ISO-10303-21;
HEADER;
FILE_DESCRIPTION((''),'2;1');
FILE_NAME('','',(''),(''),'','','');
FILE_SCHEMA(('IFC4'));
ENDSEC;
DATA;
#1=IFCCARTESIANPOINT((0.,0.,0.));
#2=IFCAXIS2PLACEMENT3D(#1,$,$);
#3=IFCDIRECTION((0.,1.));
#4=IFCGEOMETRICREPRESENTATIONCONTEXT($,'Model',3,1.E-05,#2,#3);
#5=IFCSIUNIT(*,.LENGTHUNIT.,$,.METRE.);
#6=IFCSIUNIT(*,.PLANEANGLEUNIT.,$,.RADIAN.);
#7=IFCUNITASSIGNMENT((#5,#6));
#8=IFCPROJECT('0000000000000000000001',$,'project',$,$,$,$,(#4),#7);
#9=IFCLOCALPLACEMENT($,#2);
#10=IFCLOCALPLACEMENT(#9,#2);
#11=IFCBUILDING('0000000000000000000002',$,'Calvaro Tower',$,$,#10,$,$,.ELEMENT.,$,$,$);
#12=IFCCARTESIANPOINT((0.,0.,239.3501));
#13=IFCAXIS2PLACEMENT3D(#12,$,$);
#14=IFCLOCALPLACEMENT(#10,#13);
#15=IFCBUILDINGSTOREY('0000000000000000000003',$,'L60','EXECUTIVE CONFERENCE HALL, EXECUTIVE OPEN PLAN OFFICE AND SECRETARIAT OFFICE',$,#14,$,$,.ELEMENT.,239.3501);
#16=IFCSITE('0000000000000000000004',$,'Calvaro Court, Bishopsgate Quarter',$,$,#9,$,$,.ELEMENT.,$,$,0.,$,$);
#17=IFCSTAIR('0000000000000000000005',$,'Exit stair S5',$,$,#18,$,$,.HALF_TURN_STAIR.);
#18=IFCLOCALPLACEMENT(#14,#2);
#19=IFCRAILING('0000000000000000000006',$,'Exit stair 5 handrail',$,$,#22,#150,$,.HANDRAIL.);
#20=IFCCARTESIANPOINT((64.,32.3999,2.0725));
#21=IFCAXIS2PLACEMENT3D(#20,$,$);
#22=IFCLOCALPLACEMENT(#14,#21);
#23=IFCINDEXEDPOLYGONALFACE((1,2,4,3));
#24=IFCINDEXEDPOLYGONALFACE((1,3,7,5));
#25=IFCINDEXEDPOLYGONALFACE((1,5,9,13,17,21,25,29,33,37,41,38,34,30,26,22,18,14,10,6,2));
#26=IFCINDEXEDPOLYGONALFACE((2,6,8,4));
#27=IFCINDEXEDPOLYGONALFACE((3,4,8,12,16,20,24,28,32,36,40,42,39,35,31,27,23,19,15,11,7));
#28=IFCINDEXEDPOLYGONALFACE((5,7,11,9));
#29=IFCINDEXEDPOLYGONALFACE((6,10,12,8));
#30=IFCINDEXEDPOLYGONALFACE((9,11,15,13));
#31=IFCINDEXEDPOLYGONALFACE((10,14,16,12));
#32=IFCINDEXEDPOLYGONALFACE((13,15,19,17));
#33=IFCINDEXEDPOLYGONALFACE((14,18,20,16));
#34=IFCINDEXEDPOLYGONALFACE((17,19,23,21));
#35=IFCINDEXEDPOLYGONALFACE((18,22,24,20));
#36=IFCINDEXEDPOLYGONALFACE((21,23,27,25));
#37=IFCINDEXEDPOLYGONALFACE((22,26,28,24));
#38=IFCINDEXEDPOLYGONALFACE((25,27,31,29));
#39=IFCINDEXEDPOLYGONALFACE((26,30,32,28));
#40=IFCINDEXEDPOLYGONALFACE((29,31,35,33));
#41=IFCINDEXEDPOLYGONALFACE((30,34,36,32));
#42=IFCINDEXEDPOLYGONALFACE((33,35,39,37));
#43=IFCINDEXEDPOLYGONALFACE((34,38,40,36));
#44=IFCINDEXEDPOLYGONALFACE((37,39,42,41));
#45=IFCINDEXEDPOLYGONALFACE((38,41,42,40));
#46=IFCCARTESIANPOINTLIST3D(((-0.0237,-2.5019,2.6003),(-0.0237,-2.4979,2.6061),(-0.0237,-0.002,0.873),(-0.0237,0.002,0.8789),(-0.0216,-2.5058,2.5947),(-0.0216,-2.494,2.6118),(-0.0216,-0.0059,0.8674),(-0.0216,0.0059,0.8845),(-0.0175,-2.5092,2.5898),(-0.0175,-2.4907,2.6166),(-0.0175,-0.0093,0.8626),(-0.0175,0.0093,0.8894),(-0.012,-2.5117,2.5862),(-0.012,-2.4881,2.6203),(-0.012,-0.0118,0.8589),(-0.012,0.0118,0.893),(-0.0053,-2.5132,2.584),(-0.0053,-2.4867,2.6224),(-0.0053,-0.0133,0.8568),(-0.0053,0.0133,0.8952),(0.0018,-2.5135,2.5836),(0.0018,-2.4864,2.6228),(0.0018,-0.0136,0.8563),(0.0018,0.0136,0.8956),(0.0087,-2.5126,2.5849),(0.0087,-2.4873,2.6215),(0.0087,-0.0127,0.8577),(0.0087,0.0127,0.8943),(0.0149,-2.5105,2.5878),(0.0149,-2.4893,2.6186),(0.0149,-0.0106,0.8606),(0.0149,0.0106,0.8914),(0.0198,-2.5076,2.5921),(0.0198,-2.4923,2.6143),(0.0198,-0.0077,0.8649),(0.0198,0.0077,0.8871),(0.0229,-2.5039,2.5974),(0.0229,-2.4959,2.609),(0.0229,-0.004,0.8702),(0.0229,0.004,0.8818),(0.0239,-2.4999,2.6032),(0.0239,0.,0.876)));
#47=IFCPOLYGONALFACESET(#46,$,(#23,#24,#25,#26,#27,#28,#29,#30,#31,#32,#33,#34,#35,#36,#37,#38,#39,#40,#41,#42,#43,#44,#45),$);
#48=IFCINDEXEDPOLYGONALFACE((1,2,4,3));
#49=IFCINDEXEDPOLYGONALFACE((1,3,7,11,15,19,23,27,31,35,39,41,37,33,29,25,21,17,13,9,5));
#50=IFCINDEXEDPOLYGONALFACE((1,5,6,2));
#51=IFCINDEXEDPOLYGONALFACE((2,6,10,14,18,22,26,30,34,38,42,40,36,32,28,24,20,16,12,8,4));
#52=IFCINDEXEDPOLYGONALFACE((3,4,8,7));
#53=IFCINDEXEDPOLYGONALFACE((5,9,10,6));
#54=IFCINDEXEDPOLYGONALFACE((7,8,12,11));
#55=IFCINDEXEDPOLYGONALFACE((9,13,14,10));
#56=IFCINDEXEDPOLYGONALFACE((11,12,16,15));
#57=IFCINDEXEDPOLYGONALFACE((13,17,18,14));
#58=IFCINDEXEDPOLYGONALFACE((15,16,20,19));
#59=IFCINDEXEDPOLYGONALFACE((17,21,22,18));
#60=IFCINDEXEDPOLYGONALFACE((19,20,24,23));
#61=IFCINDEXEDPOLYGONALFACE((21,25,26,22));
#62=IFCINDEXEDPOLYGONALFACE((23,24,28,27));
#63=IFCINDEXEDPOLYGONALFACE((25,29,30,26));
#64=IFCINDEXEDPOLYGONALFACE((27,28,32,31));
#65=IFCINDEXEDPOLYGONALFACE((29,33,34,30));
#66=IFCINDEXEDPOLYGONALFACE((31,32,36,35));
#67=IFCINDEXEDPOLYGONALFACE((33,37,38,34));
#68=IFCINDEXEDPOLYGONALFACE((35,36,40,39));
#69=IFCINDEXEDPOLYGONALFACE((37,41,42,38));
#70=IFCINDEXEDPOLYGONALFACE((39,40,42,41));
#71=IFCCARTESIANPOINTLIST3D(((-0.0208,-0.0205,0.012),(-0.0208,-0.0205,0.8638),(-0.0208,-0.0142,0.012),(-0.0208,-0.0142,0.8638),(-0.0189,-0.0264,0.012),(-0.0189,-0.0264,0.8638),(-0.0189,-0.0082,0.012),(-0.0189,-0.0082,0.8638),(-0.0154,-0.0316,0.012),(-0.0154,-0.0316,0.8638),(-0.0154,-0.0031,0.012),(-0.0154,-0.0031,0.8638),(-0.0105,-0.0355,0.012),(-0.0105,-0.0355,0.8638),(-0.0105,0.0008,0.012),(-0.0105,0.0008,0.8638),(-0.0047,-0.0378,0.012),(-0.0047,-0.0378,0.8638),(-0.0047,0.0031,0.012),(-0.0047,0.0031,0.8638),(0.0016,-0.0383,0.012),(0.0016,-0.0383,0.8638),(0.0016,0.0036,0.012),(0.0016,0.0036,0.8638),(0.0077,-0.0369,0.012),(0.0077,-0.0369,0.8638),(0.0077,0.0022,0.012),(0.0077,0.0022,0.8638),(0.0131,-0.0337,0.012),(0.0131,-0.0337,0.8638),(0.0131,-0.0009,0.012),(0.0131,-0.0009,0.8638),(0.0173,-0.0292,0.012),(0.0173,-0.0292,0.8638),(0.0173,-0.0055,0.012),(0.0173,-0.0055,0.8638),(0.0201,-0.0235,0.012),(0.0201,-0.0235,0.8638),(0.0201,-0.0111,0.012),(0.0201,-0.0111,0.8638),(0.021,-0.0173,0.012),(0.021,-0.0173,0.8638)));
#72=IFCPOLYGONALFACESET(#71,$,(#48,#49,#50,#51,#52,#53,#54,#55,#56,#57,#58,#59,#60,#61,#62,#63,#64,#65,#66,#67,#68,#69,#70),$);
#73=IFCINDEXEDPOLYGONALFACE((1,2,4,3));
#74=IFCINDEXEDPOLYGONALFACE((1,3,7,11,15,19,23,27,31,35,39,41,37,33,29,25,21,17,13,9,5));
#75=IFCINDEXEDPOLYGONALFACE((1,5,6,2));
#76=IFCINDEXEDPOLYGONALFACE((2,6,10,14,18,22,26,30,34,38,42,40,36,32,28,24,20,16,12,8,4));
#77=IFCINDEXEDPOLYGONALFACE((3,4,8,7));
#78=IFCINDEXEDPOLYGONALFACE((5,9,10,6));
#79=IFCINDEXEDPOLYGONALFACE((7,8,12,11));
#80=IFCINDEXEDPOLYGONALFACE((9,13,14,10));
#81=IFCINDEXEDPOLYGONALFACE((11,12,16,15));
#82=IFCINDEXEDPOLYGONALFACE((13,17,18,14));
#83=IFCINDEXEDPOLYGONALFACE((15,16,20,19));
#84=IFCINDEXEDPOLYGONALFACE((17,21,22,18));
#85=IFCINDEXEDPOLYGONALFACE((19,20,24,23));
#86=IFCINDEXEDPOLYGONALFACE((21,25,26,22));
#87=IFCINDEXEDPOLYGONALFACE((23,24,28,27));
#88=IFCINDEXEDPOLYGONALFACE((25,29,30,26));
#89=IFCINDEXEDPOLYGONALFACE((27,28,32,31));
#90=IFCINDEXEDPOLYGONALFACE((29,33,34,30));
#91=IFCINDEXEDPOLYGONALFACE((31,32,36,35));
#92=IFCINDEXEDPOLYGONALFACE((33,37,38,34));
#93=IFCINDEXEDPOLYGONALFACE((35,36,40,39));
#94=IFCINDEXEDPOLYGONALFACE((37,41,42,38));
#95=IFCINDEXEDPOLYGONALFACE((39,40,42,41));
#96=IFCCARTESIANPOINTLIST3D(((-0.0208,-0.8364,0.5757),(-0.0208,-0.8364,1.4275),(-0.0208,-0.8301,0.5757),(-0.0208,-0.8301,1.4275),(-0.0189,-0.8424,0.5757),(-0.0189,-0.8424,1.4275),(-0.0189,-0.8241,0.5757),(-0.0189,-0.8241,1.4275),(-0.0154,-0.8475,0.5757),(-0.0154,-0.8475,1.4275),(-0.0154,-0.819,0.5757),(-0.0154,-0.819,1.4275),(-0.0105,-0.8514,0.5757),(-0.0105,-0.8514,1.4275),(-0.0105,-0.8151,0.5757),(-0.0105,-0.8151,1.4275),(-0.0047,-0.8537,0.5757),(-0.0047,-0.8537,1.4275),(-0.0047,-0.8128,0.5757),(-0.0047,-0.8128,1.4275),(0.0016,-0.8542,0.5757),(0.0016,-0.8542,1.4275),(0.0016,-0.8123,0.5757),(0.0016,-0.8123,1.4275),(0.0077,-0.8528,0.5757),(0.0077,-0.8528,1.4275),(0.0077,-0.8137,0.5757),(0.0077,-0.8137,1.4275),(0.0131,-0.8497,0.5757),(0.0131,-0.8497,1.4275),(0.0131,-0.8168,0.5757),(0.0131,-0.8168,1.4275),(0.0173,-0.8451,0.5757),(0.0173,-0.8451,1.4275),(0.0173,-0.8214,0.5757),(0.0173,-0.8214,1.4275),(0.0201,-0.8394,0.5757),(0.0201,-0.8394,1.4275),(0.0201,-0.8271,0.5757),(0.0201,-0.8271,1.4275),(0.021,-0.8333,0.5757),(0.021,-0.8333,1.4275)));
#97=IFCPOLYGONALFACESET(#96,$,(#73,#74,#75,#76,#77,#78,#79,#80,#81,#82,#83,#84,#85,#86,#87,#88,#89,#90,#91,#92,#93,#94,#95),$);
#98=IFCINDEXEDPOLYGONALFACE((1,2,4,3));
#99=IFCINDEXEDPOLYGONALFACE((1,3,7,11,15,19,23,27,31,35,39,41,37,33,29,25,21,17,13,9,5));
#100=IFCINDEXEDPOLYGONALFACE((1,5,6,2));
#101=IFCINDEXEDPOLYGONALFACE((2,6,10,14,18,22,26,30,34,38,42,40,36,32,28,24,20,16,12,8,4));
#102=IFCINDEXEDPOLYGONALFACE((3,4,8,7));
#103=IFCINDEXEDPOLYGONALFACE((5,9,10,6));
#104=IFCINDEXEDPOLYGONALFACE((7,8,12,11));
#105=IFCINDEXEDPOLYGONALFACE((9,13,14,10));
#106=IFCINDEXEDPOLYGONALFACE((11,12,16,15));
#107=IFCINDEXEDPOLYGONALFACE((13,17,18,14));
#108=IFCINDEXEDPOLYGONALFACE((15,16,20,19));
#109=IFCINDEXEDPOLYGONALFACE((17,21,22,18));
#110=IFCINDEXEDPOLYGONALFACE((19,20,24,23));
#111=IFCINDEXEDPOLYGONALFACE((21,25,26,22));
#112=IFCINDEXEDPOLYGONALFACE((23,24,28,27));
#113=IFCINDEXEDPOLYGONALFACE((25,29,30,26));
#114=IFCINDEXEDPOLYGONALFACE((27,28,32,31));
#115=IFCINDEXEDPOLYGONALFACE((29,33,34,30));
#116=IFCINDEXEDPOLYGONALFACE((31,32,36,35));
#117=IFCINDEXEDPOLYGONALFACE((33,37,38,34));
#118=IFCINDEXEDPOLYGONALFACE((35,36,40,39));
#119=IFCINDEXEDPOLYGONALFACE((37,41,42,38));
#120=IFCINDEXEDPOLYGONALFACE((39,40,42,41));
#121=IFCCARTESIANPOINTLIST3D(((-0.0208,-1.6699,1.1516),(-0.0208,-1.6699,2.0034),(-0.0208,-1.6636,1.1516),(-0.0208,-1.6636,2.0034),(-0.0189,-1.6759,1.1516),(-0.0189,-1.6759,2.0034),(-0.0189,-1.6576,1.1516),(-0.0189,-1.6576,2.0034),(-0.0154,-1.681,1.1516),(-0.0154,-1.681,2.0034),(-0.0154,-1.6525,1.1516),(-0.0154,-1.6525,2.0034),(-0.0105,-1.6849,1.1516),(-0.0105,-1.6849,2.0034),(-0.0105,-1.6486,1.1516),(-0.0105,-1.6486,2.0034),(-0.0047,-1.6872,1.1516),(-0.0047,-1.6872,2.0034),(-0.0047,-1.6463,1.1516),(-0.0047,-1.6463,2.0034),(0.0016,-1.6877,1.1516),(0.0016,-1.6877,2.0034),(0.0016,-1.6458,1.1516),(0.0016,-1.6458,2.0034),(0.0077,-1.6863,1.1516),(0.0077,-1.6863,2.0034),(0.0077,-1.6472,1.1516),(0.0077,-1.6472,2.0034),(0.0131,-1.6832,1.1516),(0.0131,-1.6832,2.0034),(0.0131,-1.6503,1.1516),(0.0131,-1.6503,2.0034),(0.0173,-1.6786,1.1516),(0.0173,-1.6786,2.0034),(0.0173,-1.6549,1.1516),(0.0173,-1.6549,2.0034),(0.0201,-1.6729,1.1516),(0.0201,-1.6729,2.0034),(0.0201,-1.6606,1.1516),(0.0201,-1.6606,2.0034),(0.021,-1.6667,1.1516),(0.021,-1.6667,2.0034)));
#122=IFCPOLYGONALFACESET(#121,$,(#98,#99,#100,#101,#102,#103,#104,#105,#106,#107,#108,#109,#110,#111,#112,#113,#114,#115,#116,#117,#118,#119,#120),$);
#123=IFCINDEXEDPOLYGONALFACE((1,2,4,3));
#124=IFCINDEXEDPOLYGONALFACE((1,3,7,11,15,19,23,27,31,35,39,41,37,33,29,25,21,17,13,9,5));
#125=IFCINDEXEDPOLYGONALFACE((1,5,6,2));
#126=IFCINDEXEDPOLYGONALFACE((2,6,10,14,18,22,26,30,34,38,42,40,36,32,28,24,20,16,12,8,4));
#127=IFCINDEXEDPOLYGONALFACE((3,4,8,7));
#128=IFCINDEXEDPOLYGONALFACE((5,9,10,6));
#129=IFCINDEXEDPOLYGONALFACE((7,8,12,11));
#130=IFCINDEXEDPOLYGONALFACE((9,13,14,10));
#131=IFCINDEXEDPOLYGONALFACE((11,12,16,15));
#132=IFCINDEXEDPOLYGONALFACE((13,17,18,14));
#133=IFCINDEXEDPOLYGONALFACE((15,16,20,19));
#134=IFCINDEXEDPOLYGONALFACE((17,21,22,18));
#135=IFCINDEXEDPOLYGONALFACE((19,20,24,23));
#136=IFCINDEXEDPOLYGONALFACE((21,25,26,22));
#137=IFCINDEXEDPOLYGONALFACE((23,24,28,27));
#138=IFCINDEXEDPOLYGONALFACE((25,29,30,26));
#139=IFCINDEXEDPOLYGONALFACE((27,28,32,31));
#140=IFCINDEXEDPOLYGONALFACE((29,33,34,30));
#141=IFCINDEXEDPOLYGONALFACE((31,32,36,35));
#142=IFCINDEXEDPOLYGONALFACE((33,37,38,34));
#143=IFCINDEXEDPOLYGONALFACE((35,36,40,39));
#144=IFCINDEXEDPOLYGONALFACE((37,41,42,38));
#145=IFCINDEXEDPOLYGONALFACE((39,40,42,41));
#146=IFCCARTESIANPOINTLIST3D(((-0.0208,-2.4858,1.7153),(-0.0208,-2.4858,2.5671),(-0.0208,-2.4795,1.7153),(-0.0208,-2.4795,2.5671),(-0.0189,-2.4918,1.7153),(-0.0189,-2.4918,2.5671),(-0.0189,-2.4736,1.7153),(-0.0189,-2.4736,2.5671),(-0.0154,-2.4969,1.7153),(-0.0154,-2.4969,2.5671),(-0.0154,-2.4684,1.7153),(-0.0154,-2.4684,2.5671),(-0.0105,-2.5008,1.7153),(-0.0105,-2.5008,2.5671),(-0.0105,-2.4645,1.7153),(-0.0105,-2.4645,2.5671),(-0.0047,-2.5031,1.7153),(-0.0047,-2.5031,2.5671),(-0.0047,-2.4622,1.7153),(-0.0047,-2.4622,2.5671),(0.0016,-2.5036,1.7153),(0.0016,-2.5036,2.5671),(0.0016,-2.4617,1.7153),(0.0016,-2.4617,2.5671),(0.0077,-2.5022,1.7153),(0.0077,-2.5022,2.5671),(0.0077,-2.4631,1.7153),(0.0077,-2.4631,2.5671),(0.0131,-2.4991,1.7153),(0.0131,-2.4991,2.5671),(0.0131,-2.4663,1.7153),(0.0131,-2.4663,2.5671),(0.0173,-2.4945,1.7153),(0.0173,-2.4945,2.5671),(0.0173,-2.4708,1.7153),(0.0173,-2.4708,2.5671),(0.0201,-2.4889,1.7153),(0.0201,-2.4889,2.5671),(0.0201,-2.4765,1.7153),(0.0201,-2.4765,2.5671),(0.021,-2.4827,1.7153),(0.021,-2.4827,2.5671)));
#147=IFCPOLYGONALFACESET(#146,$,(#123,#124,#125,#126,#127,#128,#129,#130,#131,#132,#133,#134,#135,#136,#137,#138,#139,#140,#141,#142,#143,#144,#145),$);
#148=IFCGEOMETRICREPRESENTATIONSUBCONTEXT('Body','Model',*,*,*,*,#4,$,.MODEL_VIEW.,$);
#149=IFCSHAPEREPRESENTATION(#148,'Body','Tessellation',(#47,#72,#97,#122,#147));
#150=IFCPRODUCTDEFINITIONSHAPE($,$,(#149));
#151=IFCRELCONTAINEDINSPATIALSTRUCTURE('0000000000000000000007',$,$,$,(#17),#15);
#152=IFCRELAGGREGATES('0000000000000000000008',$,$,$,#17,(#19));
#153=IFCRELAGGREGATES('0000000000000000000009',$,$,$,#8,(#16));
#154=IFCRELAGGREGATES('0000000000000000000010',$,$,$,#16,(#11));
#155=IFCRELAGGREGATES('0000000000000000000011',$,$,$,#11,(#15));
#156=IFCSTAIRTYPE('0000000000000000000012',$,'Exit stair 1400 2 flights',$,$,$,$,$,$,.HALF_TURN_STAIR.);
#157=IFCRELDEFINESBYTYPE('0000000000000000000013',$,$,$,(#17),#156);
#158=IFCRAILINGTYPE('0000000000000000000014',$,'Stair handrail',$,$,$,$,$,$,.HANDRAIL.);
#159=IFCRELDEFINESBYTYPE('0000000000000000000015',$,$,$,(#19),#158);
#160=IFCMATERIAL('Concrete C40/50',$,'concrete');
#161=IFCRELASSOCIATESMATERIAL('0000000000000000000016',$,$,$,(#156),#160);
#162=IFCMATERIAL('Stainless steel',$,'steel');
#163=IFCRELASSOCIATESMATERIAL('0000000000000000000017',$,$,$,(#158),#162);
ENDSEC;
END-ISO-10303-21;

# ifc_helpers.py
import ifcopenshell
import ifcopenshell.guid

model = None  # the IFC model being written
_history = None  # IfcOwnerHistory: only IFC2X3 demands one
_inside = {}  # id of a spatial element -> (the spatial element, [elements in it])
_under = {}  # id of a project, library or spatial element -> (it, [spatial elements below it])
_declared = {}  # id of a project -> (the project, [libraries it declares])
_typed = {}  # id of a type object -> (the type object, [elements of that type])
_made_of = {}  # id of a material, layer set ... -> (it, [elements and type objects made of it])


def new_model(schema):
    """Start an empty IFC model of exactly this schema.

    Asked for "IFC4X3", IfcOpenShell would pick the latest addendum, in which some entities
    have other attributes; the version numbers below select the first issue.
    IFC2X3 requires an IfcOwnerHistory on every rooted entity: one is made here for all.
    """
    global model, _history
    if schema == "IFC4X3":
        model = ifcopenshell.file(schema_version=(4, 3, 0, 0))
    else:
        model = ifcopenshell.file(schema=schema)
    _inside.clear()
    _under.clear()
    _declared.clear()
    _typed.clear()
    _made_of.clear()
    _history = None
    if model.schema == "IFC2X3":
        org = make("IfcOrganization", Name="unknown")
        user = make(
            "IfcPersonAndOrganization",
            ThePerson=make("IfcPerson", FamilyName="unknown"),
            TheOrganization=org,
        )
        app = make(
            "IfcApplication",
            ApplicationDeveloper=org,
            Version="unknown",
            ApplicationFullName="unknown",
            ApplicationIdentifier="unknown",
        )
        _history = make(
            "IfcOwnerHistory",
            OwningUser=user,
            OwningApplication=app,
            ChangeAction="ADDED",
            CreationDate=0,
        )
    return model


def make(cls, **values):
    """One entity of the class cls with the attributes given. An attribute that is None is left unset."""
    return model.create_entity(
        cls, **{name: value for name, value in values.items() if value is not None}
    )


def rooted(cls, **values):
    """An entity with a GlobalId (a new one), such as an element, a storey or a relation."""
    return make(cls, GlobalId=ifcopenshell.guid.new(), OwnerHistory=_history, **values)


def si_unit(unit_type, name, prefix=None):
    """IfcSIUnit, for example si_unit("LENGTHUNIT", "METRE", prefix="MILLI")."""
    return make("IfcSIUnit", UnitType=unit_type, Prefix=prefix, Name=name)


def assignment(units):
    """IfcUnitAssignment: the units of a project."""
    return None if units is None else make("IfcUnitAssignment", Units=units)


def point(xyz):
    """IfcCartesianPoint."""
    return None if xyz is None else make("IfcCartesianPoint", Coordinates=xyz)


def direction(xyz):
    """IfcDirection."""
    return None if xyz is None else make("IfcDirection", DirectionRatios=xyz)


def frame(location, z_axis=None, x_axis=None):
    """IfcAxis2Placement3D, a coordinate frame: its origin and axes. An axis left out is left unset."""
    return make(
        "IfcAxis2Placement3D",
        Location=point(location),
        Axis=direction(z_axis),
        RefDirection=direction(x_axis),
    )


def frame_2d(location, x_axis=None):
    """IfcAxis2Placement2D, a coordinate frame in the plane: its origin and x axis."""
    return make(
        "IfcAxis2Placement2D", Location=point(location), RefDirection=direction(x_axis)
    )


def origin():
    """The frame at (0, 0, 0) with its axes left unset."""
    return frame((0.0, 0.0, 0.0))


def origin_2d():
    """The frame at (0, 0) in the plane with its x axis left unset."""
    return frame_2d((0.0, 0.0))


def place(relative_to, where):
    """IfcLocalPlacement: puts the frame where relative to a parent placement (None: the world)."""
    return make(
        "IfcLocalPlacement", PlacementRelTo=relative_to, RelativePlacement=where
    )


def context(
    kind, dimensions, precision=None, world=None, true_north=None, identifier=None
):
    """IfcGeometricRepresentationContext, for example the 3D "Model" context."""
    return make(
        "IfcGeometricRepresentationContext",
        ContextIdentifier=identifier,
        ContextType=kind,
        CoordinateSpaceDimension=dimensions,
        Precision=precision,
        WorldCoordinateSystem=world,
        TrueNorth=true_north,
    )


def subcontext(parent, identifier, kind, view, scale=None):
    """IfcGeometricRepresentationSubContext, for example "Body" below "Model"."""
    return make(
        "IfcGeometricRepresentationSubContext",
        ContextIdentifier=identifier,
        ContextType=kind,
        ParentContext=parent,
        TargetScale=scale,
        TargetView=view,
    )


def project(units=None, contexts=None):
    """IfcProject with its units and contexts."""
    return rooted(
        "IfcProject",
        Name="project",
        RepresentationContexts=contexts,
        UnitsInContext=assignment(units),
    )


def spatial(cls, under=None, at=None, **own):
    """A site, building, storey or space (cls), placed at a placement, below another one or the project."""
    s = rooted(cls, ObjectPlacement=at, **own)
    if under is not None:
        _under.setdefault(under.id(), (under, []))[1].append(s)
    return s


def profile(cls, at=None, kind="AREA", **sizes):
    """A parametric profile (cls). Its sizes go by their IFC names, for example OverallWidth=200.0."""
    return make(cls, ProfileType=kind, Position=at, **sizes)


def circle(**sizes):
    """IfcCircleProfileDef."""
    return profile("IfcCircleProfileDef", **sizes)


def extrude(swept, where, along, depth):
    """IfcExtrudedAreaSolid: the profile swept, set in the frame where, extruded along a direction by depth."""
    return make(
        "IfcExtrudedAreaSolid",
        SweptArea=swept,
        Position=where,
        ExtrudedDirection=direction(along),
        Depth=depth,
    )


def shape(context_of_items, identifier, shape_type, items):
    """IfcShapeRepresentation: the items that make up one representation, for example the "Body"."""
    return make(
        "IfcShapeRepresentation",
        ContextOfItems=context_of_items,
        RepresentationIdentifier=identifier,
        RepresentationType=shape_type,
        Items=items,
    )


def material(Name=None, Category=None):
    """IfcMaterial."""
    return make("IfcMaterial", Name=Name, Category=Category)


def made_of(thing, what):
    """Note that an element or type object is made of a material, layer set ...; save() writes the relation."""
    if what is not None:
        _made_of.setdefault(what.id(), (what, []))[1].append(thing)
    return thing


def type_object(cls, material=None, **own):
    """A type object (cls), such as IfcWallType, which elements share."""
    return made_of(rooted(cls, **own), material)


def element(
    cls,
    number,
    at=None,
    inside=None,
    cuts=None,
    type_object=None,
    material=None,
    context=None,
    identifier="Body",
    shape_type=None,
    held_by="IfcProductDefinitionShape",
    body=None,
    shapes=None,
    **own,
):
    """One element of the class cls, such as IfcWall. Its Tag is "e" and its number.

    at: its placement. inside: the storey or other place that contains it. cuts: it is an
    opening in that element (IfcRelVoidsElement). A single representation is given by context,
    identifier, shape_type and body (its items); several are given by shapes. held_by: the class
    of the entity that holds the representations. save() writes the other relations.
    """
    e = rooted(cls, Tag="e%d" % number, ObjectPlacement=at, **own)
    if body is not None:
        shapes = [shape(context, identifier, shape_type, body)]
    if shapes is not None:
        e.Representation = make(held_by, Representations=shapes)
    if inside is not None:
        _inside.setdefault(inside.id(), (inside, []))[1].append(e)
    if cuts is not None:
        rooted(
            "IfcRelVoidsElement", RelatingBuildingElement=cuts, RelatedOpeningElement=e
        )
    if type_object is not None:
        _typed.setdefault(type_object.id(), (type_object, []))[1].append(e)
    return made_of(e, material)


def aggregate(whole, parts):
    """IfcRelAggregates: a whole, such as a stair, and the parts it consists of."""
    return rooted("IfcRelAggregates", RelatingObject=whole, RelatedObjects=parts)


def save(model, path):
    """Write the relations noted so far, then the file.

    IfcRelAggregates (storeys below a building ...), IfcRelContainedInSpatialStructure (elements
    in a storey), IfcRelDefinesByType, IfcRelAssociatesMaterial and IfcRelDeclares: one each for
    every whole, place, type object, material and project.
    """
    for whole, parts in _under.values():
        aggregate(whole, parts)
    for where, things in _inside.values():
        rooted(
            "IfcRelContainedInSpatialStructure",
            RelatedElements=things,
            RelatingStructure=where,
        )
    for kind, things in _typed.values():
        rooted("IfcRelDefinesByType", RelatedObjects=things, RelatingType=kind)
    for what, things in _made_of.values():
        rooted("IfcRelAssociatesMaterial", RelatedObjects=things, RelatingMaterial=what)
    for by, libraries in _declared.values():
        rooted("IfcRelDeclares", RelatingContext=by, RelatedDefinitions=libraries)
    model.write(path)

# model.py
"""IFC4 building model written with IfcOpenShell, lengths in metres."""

from ifc_helpers import new_model, si_unit, direction, frame, origin, origin_2d, place, context, subcontext, project, spatial, circle, extrude, material, type_object, element, aggregate, save


model = new_model("IFC4")

# Units and contexts
model_context = context("Model", 3, precision=1e-05, world=origin(), true_north=direction((0.0, 1.0)))
body_context = subcontext(model_context, "Body", "Model", "MODEL_VIEW")
ifc_project = project(units=[si_unit("LENGTHUNIT", "METRE"), si_unit("PLANEANGLEUNIT", "RADIAN")], contexts=[model_context])

# Site, building, storey
site_placement = place(None, origin())
site = spatial("IfcSite", under=ifc_project, at=site_placement, Name="Calvaro Court, Bishopsgate Quarter", CompositionType="ELEMENT", RefElevation=0.0)
building_placement = place(site_placement, origin())
building = spatial("IfcBuilding", under=site, at=building_placement, Name="Calvaro Tower", CompositionType="ELEMENT")
storey_placement = place(building_placement, frame((0.0, 0.0, 239.3501)))
storey = spatial("IfcBuildingStorey", under=building, at=storey_placement, Name="L60", Description="EXECUTIVE CONFERENCE HALL, EXECUTIVE OPEN PLAN OFFICE AND SECRETARIAT OFFICE", CompositionType="ELEMENT", Elevation=239.3501)

# Stair, railing
ifc_material_1 = material(Name="Concrete C40/50", Category="concrete")
stair_type = type_object("IfcStairType", Name="Exit stair 1400 2 flights", PredefinedType="HALF_TURN_STAIR", material=ifc_material_1)
stair_placement = place(storey_placement, origin())
stair = element("IfcStair", 1, at=stair_placement, inside=storey, type_object=stair_type, Name="Exit stair S5", PredefinedType="HALF_TURN_STAIR")
ifc_material_2 = material(Name="Stainless steel", Category="steel")
railing_type = type_object("IfcRailingType", Name="Stair handrail", PredefinedType="HANDRAIL", material=ifc_material_2)
railing_1_placement = place(storey_placement, frame((64.0, 32.3999, 2.0725)))
railing_1 = element("IfcRailing", 2, at=railing_1_placement, type_object=railing_type, Name="Exit stair 5 handrail", PredefinedType="HANDRAIL", context=body_context, shape_type="SweptSolid", body=[
    extrude(circle(Radius=0.0239, at=origin_2d()), frame((0.0, 0.0, 0.876), z_axis=(0.0, -0.822727, 0.568437), x_axis=(1.0, 0.0, 0.0)), (0.0, 0.0, 1.0), 3.0386),
    extrude(circle(Radius=0.021, at=origin_2d()), frame((0.0, -0.0173, 0.012)), (0.0, 0.0, 1.0), 0.8518),
    extrude(circle(Radius=0.021, at=origin_2d()), frame((0.0, -0.8333, 0.5757)), (0.0, 0.0, 1.0), 0.8518),
    extrude(circle(Radius=0.021, at=origin_2d()), frame((0.0, -1.6667, 1.1516)), (0.0, 0.0, 1.0), 0.8518),
    extrude(circle(Radius=0.021, at=origin_2d()), frame((0.0, -2.4827, 1.7153)), (0.0, 0.0, 1.0), 0.8518),
])
aggregate(stair, [railing_1])

save(model, "model.ifc")
